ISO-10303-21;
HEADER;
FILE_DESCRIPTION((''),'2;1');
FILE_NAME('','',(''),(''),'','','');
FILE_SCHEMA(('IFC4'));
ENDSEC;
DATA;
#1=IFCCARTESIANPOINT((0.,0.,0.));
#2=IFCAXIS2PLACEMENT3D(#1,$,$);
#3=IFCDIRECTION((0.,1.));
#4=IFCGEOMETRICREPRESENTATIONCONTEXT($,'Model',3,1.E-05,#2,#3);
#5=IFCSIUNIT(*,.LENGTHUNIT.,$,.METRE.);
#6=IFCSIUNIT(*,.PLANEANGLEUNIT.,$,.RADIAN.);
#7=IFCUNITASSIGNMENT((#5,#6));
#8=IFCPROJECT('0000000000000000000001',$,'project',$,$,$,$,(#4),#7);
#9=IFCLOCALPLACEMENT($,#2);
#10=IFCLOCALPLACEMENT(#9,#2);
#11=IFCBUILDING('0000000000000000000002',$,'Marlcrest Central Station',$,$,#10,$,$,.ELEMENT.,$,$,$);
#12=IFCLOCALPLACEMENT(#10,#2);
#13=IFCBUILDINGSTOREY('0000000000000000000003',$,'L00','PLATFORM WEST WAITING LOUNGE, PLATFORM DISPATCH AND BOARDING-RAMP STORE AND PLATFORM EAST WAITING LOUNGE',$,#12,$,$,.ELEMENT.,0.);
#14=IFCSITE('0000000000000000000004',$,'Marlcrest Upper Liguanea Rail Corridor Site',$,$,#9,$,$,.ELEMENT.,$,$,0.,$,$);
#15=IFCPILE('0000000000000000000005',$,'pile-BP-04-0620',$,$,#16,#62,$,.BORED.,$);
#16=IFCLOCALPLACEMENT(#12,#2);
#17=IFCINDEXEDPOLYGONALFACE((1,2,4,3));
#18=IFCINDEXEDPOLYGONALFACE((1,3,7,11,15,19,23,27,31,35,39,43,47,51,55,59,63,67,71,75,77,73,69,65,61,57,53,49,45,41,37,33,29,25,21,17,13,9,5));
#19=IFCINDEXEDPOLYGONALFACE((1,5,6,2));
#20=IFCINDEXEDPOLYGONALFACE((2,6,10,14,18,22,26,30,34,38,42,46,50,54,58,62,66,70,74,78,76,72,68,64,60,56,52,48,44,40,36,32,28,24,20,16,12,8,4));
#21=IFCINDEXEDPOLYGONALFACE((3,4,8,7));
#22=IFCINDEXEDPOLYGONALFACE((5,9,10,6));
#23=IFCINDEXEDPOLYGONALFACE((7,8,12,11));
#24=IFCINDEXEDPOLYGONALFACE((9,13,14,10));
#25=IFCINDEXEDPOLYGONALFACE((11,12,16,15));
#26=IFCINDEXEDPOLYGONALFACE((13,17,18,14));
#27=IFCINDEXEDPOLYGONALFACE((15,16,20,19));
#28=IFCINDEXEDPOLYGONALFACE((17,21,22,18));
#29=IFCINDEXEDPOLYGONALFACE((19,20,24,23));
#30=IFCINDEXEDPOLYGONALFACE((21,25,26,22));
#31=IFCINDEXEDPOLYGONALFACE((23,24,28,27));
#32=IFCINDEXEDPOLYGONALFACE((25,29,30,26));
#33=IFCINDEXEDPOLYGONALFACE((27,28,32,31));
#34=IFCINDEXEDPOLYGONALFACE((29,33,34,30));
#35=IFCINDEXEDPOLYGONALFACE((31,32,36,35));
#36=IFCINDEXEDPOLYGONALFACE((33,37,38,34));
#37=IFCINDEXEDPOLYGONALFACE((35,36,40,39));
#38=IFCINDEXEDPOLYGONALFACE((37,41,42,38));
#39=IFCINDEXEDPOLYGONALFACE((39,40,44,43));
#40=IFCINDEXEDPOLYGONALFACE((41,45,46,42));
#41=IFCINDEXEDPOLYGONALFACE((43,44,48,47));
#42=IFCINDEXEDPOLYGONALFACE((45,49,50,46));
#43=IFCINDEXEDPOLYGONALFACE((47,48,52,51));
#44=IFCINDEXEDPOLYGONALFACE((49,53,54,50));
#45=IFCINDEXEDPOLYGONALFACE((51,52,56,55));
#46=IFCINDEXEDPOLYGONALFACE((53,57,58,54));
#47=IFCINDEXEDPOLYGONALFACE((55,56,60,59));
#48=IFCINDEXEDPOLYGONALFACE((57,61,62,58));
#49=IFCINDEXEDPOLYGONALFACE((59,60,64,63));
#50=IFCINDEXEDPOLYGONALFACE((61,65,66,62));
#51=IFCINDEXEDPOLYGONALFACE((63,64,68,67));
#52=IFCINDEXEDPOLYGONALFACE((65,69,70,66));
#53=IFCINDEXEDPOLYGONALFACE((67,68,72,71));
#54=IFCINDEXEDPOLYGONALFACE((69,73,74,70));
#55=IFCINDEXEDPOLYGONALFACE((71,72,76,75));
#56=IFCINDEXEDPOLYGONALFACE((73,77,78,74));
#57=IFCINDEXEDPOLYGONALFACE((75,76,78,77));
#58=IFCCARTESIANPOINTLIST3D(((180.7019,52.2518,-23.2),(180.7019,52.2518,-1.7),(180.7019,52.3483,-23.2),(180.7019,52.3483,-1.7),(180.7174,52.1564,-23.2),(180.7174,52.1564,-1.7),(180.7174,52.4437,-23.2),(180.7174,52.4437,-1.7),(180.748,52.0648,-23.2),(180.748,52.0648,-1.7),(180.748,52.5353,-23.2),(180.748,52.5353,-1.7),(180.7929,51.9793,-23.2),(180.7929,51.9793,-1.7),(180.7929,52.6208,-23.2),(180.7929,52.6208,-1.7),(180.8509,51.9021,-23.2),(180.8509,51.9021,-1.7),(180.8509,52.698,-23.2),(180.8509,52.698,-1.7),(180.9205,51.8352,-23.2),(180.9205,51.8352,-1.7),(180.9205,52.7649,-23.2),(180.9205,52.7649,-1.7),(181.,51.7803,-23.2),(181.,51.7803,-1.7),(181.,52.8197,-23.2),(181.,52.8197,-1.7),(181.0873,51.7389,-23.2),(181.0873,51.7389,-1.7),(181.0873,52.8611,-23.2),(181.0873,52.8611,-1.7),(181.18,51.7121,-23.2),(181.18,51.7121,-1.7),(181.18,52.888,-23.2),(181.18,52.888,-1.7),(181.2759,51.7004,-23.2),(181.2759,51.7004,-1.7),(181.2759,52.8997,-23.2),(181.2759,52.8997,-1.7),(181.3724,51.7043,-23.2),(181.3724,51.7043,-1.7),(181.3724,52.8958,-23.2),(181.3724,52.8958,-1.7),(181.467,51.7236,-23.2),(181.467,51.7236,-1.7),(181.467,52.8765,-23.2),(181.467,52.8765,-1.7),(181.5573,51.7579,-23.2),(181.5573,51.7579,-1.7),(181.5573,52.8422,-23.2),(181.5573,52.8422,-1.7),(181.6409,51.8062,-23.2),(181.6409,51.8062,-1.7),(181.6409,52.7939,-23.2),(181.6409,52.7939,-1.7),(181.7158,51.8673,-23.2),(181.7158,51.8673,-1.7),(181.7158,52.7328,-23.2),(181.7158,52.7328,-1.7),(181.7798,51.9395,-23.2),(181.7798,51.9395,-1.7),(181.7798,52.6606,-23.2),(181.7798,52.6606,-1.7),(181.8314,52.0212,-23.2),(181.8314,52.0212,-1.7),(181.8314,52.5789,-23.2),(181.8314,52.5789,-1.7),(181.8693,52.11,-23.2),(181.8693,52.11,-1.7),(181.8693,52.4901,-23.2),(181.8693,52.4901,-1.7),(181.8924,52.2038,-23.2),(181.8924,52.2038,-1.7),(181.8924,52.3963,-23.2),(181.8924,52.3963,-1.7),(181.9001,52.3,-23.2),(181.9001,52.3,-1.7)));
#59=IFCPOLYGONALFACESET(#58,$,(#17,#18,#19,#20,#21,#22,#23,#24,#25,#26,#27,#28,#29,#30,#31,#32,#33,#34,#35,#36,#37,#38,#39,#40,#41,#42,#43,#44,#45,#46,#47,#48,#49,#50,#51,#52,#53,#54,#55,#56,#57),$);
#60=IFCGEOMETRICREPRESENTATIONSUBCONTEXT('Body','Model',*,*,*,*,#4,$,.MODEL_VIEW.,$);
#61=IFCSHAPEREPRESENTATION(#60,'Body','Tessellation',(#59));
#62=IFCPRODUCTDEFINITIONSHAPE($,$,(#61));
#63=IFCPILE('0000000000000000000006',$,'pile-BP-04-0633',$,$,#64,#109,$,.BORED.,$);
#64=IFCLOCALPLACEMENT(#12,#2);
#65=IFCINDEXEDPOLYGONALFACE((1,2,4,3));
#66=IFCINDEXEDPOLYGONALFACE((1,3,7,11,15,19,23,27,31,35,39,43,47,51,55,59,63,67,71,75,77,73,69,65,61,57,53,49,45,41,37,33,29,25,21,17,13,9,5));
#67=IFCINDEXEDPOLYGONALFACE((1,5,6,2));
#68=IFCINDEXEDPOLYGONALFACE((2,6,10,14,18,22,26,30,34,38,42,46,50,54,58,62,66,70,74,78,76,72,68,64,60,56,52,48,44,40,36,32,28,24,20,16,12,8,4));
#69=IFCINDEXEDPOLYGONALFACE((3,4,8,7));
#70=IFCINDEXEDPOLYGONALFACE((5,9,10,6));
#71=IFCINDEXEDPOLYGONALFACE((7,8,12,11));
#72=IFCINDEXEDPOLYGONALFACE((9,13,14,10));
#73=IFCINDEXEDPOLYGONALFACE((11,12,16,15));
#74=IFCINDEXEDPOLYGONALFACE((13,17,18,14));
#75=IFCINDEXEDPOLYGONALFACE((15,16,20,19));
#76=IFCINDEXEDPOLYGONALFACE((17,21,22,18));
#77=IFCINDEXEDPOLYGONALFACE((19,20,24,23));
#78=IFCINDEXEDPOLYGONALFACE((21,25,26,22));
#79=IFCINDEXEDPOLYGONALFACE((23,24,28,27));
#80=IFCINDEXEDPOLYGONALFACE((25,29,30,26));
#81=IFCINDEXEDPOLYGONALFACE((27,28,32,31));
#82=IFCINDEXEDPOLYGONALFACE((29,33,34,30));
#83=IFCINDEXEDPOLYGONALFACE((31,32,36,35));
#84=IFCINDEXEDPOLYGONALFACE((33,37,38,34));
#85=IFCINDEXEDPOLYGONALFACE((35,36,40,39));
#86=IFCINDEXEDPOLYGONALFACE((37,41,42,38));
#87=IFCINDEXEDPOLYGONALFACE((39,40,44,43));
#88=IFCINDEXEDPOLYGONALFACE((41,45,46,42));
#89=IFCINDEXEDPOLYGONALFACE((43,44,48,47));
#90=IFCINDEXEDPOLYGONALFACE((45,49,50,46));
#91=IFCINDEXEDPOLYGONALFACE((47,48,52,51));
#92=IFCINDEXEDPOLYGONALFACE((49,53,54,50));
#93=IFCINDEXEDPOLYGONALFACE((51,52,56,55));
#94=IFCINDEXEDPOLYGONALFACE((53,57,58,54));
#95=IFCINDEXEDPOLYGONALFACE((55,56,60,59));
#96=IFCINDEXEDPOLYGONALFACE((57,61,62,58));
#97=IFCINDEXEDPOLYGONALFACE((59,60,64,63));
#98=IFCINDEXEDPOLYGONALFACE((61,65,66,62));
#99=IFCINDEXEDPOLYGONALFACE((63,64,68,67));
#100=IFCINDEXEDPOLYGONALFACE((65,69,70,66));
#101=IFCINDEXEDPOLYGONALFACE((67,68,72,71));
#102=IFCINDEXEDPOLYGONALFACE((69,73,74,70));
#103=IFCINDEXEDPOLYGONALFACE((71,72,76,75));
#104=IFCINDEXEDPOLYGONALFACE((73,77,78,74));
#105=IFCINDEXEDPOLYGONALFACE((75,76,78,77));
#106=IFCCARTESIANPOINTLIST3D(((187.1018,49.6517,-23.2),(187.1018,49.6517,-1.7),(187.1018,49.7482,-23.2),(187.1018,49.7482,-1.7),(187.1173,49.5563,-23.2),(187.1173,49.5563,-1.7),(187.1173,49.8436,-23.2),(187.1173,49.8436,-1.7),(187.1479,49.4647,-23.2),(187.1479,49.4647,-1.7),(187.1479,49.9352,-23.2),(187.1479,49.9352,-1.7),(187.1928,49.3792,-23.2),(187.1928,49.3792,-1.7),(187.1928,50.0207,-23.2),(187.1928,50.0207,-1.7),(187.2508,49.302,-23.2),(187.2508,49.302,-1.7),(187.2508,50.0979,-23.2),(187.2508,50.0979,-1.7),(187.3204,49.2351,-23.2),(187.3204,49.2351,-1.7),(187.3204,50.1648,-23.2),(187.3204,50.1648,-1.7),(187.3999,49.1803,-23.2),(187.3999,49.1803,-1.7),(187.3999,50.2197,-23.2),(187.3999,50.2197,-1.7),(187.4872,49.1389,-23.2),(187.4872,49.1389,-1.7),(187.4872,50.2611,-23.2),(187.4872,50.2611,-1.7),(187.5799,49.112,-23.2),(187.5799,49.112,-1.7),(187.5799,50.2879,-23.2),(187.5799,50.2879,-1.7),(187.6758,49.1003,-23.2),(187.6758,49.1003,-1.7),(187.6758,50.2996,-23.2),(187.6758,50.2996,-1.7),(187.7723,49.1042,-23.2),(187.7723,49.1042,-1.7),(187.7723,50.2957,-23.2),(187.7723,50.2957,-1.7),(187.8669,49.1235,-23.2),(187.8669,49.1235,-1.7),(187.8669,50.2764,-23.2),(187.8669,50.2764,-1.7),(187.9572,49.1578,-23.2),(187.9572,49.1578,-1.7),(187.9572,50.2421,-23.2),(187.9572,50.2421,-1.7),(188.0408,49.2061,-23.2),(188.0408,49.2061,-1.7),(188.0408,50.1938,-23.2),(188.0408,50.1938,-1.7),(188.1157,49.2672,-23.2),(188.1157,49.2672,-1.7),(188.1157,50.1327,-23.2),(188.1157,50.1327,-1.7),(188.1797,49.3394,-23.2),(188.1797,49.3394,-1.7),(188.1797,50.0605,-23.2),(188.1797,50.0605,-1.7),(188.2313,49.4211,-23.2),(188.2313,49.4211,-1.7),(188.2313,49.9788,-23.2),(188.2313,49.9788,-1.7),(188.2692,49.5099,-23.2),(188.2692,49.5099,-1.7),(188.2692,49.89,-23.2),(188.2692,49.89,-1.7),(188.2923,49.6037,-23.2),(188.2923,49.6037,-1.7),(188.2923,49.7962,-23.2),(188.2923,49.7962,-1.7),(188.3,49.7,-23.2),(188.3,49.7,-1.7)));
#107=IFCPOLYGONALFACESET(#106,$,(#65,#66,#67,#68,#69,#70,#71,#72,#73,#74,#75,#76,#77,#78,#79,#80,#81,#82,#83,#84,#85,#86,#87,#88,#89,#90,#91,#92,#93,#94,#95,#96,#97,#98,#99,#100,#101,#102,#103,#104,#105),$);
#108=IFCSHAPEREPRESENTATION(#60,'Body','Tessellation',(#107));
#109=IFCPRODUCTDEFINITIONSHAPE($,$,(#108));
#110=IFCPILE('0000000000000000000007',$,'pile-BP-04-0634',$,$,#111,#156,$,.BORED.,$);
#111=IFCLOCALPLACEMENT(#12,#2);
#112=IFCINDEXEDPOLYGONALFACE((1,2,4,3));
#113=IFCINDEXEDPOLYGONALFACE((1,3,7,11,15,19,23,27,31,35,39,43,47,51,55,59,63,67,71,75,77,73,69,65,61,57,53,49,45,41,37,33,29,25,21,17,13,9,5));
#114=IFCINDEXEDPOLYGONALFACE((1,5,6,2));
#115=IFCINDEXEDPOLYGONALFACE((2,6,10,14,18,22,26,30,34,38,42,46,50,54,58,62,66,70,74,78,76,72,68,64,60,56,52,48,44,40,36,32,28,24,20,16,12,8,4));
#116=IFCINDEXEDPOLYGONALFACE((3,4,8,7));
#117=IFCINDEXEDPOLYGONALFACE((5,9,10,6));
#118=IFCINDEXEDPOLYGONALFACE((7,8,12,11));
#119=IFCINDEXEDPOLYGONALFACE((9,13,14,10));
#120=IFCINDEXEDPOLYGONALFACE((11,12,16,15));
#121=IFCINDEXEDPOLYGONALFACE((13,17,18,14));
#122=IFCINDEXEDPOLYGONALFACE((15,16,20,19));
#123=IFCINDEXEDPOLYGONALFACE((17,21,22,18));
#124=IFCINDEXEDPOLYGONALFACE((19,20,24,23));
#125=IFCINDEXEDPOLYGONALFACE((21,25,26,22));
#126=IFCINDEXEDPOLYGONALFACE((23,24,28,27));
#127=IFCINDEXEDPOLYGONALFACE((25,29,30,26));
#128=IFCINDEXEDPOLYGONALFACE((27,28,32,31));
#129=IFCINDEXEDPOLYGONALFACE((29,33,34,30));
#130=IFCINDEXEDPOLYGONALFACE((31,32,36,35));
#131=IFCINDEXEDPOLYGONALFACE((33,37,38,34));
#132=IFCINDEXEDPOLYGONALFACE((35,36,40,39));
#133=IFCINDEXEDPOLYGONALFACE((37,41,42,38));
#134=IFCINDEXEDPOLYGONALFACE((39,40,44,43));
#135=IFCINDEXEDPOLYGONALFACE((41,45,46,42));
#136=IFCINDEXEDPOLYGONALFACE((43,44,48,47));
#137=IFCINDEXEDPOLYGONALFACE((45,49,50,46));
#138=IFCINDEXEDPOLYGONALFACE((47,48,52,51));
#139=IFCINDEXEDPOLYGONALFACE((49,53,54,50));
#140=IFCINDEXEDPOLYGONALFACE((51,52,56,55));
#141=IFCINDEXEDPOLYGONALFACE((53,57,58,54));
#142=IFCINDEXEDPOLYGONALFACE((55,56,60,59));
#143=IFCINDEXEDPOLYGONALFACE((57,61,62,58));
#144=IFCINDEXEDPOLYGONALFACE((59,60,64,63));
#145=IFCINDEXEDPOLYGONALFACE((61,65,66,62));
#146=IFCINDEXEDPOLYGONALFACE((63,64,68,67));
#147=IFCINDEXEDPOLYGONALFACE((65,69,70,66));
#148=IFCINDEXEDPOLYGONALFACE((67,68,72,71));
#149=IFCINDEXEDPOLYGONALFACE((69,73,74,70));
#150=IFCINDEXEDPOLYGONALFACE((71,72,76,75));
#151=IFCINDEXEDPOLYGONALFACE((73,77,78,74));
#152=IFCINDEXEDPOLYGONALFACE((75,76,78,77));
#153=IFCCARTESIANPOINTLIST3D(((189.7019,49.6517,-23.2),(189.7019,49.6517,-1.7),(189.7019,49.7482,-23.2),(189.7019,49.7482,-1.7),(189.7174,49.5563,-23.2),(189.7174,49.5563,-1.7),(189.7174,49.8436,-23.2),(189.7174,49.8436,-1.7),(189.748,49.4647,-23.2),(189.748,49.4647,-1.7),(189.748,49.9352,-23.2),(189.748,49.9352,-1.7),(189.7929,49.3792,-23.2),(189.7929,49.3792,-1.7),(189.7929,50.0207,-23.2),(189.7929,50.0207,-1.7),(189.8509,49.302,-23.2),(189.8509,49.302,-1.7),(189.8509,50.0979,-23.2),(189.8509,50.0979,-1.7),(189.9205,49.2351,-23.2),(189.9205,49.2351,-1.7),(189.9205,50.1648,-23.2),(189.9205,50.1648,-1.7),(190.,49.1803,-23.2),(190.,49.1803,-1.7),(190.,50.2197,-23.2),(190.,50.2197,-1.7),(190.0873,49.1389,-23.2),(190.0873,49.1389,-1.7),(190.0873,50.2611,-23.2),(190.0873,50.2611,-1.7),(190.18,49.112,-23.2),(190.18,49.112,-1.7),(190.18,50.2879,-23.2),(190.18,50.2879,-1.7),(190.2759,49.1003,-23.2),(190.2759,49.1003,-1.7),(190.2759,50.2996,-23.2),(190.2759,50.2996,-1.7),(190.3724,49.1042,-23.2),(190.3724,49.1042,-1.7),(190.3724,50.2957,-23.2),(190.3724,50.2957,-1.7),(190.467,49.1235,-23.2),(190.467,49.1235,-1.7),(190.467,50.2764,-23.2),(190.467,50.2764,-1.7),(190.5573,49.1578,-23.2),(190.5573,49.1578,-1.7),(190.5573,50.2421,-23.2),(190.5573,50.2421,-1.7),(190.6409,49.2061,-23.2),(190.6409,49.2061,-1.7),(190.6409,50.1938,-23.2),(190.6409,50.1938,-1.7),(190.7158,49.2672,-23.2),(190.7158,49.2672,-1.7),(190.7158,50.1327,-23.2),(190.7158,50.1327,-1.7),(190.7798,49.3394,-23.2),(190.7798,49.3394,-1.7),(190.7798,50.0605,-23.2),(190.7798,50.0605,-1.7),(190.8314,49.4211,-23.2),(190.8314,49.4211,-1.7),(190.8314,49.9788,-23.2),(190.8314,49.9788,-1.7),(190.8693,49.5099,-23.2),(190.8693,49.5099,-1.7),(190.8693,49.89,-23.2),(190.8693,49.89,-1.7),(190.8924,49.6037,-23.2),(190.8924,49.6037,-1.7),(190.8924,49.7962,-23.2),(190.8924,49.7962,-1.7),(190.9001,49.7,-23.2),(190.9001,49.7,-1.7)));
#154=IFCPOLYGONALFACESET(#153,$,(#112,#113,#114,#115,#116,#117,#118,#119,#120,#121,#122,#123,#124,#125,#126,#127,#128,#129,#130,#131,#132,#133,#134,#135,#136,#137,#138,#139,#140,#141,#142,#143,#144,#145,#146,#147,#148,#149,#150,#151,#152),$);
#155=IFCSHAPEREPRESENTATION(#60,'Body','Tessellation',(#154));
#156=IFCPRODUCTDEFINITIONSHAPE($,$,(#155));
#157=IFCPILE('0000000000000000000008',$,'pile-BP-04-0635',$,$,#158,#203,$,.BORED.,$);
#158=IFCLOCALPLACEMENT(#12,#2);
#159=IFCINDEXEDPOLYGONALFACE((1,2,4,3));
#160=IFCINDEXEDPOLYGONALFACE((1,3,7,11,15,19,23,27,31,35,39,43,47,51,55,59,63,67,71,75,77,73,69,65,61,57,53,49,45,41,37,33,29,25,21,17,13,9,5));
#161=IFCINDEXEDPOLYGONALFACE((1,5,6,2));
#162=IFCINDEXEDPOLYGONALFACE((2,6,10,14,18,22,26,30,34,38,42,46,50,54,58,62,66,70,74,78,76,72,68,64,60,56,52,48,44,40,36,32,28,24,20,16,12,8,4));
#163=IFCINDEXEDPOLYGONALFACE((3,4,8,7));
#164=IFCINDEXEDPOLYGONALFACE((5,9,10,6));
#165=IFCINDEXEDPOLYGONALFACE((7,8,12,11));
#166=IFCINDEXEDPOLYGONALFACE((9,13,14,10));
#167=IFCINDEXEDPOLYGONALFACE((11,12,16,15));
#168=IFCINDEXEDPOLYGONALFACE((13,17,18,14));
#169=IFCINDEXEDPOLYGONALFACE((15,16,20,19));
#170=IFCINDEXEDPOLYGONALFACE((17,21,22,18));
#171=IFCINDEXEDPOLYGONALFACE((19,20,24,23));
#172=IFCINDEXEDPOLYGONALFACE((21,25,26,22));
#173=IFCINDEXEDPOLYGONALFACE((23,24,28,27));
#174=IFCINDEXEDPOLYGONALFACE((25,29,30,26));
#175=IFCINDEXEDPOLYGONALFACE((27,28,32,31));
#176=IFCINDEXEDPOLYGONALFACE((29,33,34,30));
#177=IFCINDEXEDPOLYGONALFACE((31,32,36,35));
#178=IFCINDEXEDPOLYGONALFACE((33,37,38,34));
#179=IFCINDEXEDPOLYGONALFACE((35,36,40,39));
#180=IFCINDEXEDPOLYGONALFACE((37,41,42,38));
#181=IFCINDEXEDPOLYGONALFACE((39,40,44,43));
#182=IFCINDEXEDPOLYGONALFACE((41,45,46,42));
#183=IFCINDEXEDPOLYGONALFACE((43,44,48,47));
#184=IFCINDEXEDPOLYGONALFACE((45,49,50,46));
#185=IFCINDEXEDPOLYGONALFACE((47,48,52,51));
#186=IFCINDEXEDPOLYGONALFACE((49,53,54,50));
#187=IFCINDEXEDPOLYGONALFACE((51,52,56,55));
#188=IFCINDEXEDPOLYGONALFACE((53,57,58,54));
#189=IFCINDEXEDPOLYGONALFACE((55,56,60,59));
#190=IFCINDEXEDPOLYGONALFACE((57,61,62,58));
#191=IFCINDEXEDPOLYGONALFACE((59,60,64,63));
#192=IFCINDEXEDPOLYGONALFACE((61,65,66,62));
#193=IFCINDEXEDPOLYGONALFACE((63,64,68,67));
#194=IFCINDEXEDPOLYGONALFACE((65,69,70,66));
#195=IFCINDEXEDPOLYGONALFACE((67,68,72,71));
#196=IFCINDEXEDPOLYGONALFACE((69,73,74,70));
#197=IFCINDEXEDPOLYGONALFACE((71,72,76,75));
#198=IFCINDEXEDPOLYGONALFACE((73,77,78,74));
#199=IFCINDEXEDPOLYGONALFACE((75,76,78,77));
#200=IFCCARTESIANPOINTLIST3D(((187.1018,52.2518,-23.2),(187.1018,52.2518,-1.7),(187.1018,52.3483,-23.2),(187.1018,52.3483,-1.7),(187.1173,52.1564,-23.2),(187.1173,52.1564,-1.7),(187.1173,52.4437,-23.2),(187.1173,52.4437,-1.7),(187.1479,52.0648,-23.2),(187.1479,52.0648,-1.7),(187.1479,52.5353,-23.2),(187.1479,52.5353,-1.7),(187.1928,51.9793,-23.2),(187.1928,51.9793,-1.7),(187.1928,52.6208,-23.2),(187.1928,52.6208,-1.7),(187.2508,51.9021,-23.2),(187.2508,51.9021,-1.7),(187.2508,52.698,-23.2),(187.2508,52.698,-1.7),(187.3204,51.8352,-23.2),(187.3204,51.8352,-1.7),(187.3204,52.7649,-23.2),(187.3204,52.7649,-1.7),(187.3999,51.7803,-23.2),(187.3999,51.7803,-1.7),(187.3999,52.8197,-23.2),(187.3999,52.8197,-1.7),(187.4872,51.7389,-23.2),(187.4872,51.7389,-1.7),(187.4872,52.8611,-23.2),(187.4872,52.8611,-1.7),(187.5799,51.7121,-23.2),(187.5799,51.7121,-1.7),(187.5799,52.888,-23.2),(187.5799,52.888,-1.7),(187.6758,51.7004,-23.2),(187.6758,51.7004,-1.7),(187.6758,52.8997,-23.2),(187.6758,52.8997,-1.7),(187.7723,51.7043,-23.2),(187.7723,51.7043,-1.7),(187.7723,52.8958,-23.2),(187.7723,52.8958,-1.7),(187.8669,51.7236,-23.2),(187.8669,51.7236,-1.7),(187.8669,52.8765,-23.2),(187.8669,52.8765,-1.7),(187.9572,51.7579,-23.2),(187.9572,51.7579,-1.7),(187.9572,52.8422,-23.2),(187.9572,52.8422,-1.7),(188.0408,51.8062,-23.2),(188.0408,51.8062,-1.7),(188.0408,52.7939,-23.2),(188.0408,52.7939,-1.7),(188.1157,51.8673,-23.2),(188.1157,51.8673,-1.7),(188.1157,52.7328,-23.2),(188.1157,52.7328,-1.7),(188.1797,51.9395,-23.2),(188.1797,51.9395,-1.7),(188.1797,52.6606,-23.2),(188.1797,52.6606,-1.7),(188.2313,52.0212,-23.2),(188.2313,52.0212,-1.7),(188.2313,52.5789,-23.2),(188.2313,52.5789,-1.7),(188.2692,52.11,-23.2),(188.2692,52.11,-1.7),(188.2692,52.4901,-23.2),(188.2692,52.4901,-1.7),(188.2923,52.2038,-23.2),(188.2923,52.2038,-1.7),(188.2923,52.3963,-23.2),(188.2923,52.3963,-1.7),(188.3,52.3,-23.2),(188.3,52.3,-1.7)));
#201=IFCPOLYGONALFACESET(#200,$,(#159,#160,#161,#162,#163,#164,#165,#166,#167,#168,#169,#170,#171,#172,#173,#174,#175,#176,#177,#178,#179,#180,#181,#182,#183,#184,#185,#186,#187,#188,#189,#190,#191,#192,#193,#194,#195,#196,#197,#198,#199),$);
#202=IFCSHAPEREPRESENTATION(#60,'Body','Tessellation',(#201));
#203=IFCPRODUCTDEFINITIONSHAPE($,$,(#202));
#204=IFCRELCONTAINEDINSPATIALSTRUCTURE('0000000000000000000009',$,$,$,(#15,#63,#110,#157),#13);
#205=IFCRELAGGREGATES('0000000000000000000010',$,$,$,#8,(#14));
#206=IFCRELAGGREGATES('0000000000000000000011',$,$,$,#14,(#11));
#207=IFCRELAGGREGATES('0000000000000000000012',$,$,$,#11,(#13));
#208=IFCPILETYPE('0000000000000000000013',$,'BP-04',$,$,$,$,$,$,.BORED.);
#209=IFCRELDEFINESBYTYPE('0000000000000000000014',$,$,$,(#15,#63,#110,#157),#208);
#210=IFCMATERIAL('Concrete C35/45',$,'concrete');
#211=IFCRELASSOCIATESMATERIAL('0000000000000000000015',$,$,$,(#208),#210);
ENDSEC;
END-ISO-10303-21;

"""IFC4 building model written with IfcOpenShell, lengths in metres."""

from ifc_helpers import new_model, si_unit, direction, frame, origin, origin_2d, place, context, subcontext, project, spatial, circle, extrude, material, material_profile, profile_set, type_object, element, save


model = new_model("IFC4")

# Units and contexts
model_context = context("Model", 3, precision=1e-05, world=origin(), true_north=direction((0.0, 1.0)))
body_context = subcontext(model_context, "Body", "Model", "MODEL_VIEW")
ifc_project = project(units=[si_unit("LENGTHUNIT", "METRE"), si_unit("PLANEANGLEUNIT", "RADIAN")], contexts=[model_context])

# Site, building, storey
site_placement = place(None, origin())
site = spatial("IfcSite", under=ifc_project, at=site_placement, Name="Marlcrest Upper Liguanea Rail Corridor Site", CompositionType="ELEMENT", RefElevation=0.0)
building_placement = place(site_placement, origin())
building = spatial("IfcBuilding", under=site, at=building_placement, Name="Marlcrest Central Station", CompositionType="ELEMENT")
storey_placement = place(building_placement, origin())
storey = spatial("IfcBuildingStorey", under=building, at=storey_placement, Name="L00", Description="PLATFORM WEST WAITING LOUNGE, PLATFORM DISPATCH AND BOARDING-RAMP STORE AND PLATFORM EAST WAITING LOUNGE", CompositionType="ELEMENT", Elevation=0.0)

# Piles
ifc_material_1 = material(Name="Concrete C35/45", Category="concrete")
ifc_material_profile_1 = material_profile(ifc_material_1, circle(Radius=0.6001, at=origin_2d()), Name="PILE D1200")
ifc_profile_set_1 = profile_set([ifc_material_profile_1], Name="Concrete C35/45")
pile_type = type_object("IfcPileType", Name="BP-04", PredefinedType="BORED", material=ifc_profile_set_1)
for number, where, z_axis, x_axis, name in (
    (1, (181.3, 52.3, -1.7), (0.0, 0.0, -1.0), (1.0, 0.0, 0.0), "pile-BP-04-0620"),
    (2, (187.7, 49.7, -1.7), (0.0, 0.0, -1.0), (1.0, 0.0, 0.0), "pile-BP-04-0633"),
    (3, (190.3, 49.7, -1.7), (0.0, 0.0, -1.0), (1.0, 0.0, 0.0), "pile-BP-04-0634"),
    (4, (187.7, 52.3, -1.7), (0.0, 0.0, -1.0), (1.0, 0.0, 0.0), "pile-BP-04-0635"),
):
    element("IfcPile", number, at=place(storey_placement, frame(where, z_axis=z_axis, x_axis=x_axis)), inside=storey, type_object=pile_type, Name=name, PredefinedType="BORED", context=body_context, shape_type="SweptSolid", body=[
        extrude(circle(Radius=0.6001, at=origin_2d()), origin(), (0.0, 0.0, 1.0), 21.5),
    ])

save(model, "model.ifc")
